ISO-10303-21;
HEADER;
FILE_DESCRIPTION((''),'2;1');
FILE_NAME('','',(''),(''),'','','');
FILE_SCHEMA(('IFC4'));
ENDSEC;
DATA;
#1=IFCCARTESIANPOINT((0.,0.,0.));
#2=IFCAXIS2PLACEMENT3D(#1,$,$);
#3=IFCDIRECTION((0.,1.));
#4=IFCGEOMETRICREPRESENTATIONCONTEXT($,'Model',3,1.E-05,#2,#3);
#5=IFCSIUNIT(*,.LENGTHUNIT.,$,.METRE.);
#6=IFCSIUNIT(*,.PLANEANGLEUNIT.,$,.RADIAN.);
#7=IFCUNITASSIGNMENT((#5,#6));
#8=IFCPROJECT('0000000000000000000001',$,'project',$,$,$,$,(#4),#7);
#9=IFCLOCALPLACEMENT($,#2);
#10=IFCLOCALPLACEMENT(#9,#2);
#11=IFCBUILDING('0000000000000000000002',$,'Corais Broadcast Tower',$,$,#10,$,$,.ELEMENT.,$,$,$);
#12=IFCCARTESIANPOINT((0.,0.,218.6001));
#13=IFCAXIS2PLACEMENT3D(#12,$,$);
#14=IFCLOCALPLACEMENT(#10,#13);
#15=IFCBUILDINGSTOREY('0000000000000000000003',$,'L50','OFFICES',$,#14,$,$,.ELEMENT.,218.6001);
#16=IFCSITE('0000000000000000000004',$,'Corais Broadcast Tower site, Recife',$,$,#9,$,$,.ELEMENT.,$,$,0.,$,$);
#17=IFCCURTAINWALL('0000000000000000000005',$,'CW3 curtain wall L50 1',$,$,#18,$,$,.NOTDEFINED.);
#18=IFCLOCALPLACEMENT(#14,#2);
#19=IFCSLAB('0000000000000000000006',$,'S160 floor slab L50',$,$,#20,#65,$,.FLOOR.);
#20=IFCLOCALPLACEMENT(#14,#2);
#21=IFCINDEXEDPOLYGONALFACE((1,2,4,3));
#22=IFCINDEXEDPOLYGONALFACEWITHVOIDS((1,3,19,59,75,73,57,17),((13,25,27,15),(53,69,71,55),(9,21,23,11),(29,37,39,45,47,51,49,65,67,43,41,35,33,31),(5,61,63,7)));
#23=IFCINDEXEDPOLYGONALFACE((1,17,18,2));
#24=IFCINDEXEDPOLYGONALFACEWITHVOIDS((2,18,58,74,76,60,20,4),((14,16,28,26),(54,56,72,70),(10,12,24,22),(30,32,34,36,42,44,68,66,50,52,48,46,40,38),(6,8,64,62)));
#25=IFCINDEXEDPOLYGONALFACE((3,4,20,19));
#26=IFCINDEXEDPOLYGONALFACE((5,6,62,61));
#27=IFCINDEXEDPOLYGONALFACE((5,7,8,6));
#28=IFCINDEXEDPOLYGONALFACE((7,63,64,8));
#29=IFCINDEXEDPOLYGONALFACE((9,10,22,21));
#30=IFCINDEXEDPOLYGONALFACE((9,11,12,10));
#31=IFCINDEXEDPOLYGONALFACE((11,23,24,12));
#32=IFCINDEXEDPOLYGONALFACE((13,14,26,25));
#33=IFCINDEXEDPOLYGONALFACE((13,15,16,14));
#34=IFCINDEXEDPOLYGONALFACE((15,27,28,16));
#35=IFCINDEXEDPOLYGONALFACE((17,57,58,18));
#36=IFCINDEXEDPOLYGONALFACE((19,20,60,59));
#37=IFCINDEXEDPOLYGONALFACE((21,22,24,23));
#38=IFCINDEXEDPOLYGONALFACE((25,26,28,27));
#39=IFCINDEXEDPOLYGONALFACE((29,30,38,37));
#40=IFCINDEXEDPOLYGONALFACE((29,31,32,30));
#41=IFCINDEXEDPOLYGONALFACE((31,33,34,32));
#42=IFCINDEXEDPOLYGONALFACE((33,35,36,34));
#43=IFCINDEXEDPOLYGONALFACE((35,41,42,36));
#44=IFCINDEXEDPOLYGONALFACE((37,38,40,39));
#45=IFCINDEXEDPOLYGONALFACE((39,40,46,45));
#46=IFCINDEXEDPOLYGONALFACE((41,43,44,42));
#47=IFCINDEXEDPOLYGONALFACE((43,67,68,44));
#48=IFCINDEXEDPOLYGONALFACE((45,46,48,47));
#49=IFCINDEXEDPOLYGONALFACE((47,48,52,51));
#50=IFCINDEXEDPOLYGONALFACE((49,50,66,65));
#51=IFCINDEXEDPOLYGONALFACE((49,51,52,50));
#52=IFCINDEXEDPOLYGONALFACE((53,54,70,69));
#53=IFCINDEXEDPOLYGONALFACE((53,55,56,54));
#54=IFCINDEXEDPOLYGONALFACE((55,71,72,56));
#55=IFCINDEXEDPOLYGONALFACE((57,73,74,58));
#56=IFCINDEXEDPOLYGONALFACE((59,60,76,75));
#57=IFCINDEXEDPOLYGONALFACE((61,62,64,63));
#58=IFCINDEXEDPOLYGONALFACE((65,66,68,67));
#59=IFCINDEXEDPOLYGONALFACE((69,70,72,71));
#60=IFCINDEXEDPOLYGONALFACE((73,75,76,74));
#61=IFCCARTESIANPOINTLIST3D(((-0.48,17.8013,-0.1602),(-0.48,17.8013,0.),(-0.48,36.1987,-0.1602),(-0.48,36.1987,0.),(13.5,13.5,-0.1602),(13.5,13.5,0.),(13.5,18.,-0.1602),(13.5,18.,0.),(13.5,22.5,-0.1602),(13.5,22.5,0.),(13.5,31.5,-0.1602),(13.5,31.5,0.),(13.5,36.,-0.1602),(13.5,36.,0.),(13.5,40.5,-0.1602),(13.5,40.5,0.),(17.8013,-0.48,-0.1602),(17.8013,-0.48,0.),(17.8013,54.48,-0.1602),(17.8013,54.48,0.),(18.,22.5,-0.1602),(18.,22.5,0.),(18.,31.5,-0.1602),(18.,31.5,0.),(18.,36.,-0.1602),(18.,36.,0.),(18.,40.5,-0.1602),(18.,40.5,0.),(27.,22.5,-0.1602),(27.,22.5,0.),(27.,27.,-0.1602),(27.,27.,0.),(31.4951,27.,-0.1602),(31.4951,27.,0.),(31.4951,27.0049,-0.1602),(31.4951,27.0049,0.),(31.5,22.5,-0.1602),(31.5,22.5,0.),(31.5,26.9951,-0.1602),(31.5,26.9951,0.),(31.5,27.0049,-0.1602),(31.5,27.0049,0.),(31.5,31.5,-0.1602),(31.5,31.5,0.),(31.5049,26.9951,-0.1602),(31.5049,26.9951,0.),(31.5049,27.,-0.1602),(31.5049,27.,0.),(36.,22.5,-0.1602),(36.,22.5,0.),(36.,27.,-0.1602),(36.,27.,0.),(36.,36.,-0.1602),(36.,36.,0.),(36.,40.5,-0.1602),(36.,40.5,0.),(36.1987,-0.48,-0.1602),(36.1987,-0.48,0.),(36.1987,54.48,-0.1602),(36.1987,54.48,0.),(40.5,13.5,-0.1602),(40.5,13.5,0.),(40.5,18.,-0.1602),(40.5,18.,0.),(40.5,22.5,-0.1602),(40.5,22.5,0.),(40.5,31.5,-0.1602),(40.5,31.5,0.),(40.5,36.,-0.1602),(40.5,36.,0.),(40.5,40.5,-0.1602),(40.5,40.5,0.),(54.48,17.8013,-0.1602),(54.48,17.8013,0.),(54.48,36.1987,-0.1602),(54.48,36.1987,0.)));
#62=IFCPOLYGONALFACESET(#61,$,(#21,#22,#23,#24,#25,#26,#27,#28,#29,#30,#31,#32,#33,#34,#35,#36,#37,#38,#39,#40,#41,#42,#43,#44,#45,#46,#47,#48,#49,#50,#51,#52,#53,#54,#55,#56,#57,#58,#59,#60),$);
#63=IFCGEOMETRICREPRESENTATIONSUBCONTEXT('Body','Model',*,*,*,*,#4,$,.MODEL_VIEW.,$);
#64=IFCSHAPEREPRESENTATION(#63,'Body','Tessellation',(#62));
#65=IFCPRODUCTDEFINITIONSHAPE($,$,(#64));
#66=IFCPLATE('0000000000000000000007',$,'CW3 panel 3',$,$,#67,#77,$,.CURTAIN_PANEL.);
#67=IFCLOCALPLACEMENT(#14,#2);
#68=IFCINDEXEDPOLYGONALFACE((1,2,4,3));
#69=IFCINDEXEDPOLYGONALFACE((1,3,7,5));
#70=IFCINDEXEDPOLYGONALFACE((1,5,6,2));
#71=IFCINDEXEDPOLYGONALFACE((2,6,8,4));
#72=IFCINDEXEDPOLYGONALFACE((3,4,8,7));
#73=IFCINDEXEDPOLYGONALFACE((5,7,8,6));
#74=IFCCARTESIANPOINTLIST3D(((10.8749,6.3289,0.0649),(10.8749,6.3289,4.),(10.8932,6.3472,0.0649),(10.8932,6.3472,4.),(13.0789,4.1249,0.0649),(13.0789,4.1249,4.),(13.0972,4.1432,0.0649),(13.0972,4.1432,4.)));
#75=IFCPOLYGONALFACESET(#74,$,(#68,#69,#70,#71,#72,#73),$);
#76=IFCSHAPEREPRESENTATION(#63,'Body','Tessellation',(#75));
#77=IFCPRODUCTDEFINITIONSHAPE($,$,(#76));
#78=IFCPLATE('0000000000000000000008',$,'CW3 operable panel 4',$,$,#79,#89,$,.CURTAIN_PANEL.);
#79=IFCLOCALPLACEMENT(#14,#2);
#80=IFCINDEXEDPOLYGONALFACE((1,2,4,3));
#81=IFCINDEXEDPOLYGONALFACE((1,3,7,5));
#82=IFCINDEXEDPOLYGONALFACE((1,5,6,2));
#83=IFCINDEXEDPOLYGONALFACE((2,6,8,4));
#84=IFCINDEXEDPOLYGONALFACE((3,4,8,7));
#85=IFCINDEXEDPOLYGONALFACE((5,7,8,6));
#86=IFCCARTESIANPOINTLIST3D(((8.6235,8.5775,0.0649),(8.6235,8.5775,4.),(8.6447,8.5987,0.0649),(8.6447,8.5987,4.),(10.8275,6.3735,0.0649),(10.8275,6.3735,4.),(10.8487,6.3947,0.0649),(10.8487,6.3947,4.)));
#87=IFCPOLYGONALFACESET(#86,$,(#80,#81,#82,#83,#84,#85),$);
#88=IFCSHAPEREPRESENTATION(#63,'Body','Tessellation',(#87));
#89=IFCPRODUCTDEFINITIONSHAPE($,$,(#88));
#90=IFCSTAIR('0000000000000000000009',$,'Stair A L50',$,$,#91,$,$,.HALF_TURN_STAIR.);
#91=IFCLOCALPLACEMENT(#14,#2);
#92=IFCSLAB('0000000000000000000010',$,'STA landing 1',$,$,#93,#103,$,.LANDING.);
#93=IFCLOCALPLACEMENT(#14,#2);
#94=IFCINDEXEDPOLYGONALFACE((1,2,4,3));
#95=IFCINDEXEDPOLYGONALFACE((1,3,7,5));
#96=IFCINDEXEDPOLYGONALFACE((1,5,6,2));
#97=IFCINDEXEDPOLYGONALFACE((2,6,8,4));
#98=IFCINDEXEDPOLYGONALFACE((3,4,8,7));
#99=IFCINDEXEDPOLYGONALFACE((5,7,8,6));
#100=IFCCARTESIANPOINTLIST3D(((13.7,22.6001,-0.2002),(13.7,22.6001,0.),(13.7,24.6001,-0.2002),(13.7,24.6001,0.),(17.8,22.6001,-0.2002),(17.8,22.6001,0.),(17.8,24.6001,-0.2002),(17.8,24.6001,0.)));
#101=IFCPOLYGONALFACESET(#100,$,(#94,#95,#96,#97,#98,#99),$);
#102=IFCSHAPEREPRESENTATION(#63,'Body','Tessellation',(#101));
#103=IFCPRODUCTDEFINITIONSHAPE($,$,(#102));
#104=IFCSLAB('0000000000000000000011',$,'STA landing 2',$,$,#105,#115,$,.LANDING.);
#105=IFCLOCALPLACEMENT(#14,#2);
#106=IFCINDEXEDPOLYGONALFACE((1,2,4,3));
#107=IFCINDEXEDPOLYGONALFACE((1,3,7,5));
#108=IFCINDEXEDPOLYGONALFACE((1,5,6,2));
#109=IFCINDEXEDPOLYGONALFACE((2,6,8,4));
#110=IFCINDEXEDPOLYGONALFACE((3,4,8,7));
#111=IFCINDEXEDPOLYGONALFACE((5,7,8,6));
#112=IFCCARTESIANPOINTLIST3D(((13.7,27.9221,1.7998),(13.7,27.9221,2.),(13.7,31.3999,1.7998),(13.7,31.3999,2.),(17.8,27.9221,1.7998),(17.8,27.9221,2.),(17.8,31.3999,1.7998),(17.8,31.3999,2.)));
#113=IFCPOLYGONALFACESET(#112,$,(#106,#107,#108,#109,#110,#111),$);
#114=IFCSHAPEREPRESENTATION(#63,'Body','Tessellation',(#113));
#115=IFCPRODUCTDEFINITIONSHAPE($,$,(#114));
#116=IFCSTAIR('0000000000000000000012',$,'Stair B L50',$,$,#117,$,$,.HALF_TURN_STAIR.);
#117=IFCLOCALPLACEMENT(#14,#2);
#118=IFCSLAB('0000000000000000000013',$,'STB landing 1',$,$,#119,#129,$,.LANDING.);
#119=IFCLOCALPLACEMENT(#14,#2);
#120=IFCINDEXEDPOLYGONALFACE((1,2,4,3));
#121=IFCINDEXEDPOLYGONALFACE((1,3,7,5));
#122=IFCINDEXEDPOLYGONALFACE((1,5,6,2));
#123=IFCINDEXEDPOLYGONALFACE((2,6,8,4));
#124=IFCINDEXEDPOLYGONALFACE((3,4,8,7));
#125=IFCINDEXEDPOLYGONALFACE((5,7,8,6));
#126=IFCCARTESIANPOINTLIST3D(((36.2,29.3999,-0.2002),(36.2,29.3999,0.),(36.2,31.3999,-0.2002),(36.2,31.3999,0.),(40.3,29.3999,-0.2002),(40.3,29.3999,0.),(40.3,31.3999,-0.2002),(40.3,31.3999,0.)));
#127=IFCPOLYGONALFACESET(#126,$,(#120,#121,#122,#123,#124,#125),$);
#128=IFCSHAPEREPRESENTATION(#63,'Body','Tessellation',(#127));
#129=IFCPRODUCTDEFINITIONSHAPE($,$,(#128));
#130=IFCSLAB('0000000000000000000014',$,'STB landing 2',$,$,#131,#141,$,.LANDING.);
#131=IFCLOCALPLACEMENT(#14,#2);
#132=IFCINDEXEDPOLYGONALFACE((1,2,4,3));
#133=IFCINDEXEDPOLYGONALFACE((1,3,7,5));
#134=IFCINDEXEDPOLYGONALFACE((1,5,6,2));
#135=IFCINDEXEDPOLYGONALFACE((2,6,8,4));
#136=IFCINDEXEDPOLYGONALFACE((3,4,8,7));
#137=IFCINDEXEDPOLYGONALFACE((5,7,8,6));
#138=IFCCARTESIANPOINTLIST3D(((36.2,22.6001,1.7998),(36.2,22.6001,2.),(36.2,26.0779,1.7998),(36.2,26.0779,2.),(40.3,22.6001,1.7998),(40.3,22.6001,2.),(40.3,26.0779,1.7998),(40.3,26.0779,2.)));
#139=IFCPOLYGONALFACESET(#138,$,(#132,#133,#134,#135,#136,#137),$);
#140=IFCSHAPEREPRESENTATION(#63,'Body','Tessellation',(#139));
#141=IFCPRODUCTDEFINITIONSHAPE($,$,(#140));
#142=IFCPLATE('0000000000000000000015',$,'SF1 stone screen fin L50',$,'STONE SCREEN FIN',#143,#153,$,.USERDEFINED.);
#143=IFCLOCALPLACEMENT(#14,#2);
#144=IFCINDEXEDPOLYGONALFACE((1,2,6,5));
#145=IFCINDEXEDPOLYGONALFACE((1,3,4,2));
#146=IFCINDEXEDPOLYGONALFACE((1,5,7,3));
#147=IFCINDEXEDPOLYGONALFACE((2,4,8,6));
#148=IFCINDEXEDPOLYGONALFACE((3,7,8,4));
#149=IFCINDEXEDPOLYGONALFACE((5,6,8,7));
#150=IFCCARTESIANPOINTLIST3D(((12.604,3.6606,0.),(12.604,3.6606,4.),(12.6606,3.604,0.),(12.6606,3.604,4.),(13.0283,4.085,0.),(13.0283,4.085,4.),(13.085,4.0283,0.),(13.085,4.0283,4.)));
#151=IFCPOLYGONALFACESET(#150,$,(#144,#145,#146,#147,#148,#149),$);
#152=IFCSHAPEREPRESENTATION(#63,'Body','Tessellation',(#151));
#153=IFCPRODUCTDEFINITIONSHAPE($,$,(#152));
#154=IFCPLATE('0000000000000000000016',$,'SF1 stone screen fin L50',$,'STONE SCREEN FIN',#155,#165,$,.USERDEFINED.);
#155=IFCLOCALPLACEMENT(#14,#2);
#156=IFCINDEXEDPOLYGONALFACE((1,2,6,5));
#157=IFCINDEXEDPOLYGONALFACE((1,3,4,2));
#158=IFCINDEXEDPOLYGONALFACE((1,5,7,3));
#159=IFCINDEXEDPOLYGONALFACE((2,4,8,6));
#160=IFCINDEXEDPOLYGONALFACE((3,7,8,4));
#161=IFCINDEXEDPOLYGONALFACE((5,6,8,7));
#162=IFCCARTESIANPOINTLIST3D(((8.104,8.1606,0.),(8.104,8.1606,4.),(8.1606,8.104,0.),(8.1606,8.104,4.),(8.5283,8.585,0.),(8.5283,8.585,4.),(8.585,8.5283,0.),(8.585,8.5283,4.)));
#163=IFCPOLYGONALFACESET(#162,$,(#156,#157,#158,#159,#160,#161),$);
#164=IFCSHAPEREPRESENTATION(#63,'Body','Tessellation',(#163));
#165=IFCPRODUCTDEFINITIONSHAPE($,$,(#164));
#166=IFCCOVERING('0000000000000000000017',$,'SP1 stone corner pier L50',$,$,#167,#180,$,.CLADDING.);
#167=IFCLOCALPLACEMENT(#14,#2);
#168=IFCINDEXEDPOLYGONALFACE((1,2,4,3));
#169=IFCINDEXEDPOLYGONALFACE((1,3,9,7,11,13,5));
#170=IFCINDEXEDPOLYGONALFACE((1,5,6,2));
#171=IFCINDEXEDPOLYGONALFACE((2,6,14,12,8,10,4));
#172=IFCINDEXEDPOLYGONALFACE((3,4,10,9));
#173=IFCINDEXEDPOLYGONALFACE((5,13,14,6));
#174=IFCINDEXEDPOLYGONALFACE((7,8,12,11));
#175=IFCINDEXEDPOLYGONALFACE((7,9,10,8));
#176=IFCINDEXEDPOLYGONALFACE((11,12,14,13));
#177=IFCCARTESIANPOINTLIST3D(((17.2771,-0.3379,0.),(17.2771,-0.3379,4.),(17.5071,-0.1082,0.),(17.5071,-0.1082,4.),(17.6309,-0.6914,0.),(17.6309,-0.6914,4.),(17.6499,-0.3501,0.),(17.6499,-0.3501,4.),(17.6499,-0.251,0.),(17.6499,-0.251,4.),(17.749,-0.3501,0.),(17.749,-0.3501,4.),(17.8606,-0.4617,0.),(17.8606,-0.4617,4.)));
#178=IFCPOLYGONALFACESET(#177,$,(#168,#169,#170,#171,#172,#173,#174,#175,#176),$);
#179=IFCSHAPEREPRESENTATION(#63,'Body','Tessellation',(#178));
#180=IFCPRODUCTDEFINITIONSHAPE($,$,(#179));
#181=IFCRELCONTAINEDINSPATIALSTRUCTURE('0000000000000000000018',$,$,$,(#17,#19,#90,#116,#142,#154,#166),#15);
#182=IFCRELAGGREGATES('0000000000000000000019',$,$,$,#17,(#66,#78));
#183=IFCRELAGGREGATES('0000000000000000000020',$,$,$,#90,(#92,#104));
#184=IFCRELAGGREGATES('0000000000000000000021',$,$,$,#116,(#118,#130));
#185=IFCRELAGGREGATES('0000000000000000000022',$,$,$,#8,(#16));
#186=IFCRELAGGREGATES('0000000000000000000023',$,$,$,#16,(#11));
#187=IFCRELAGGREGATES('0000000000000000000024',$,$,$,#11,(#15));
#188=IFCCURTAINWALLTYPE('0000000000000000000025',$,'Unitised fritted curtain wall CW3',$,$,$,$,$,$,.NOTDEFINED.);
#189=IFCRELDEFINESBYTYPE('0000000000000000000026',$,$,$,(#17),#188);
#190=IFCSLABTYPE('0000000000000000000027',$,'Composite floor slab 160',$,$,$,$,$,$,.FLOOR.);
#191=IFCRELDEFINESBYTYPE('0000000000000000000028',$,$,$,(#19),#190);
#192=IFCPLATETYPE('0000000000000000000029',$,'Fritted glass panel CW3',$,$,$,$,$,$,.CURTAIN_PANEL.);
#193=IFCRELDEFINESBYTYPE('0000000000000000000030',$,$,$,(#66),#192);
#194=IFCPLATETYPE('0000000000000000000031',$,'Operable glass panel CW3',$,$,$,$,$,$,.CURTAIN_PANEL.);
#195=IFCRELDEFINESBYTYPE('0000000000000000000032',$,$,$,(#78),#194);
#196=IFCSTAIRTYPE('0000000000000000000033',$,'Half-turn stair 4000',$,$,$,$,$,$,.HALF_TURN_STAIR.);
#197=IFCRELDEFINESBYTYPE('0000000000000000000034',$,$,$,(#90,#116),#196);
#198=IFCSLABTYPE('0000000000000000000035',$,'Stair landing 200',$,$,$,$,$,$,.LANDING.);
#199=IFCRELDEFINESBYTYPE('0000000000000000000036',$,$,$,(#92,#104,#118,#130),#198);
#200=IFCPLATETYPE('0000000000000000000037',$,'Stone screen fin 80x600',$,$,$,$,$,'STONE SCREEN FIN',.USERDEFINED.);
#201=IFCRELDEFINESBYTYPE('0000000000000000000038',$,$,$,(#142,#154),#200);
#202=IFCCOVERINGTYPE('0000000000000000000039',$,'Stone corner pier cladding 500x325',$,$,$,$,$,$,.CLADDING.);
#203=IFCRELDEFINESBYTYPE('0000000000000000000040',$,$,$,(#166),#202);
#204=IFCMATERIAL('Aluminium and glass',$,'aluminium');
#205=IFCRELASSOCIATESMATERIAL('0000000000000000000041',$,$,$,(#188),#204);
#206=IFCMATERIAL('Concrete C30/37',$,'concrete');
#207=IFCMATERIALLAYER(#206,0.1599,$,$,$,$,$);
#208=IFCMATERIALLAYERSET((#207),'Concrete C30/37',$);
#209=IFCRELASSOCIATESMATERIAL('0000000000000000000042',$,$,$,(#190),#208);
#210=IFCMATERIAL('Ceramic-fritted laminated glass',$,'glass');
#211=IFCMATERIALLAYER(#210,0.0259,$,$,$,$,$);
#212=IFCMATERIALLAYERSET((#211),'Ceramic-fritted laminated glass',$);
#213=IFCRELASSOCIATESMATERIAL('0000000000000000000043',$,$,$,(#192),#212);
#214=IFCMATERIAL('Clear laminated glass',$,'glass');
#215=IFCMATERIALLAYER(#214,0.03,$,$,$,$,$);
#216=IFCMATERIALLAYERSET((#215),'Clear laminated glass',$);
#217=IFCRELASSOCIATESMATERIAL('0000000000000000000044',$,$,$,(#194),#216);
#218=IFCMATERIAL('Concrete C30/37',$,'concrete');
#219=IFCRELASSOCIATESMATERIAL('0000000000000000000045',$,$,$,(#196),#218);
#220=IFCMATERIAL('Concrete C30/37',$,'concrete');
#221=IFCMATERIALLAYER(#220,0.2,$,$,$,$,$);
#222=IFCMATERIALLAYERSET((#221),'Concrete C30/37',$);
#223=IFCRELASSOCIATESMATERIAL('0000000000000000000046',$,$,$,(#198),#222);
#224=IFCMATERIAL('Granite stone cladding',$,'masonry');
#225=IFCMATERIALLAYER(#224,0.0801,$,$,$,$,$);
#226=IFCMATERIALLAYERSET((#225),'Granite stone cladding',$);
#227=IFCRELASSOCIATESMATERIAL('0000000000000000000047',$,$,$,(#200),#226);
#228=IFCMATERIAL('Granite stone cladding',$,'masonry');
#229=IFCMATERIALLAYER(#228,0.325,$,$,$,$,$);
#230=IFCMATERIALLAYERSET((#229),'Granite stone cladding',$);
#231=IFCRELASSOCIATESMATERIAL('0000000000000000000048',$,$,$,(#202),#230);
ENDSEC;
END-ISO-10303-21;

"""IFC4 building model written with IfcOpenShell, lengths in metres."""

from ifc_helpers import new_model, si_unit, direction, frame, origin, origin_2d, place, context, subcontext, project, spatial, polyline, rectangle, outline, extrude, material, layer, layer_set, type_object, element, aggregate, save


model = new_model("IFC4")

# Units and contexts
model_context = context("Model", 3, precision=1e-05, world=origin(), true_north=direction((0.0, 1.0)))
body_context = subcontext(model_context, "Body", "Model", "MODEL_VIEW")
ifc_project = project(units=[si_unit("LENGTHUNIT", "METRE"), si_unit("PLANEANGLEUNIT", "RADIAN")], contexts=[model_context])

# Site, building, storey
site_placement = place(None, origin())
site = spatial("IfcSite", under=ifc_project, at=site_placement, Name="Corais Broadcast Tower site, Recife", CompositionType="ELEMENT", RefElevation=0.0)
building_placement = place(site_placement, origin())
building = spatial("IfcBuilding", under=site, at=building_placement, Name="Corais Broadcast Tower", CompositionType="ELEMENT")
storey_placement = place(building_placement, frame((0.0, 0.0, 218.6001)))
storey = spatial("IfcBuildingStorey", under=building, at=storey_placement, Name="L50", Description="OFFICES", CompositionType="ELEMENT", Elevation=218.6001)

# Curtain wall
ifc_material_1 = material(Name="Aluminium and glass", Category="aluminium")
curtain_wall_type = type_object("IfcCurtainWallType", Name="Unitised fritted curtain wall CW3", PredefinedType="NOTDEFINED", material=ifc_material_1)
curtain_wall_placement = place(storey_placement, origin())
curtain_wall = element("IfcCurtainWall", 1, at=curtain_wall_placement, inside=storey, type_object=curtain_wall_type, Name="CW3 curtain wall L50 1", PredefinedType="NOTDEFINED")

# Slab
ifc_material_2 = material(Name="Concrete C30/37", Category="concrete")
ifc_layer_1 = layer(ifc_material_2, 0.1599)
ifc_layer_set_1 = layer_set([ifc_layer_1], Name="Concrete C30/37")
slab_type_1 = type_object("IfcSlabType", Name="Composite floor slab 160", PredefinedType="FLOOR", material=ifc_layer_set_1)
slab_1_placement = place(storey_placement, frame((0.0, 0.0, -0.1602)))
element("IfcSlab", 2, at=slab_1_placement, inside=storey, type_object=slab_type_1, Name="S160 floor slab L50", PredefinedType="FLOOR", context=body_context, shape_type="SweptSolid", body=[
    extrude(outline(polyline([(17.8013, -0.48), (-0.48, 17.8013), (-0.48, 36.1987), (17.8013, 54.48), (36.1987, 54.48), (54.48, 36.1987), (54.48, 17.8013), (36.1987, -0.48), (17.8013, -0.48)]), holes=[polyline([(13.5, 18.0), (40.5, 18.0), (40.5, 13.5), (13.5, 13.5), (13.5, 18.0)]), polyline([(18.0, 22.5), (13.5, 22.5), (13.5, 31.5), (18.0, 31.5), (18.0, 22.5)]), polyline([(18.0, 36.0), (13.5, 36.0), (13.5, 40.5), (18.0, 40.5), (18.0, 36.0)]), polyline([(31.5, 22.5), (27.0, 22.5), (27.0, 27.0), (31.4951, 27.0), (31.4951, 27.0049), (31.5, 27.0049), (31.5, 31.5), (40.5, 31.5), (40.5, 22.5), (36.0, 22.5), (36.0, 27.0), (31.5049, 27.0), (31.5049, 26.9951), (31.5, 26.9951), (31.5, 22.5)]), polyline([(40.5, 36.0), (36.0, 36.0), (36.0, 40.5), (40.5, 40.5), (40.5, 36.0)])]), origin(), (0.0, 0.0, 1.0), 0.1602),
])

# Plates
ifc_material_3 = material(Name="Ceramic-fritted laminated glass", Category="glass")
ifc_layer_2 = layer(ifc_material_3, 0.0259)
ifc_layer_set_2 = layer_set([ifc_layer_2], Name="Ceramic-fritted laminated glass")
plate_type_1 = type_object("IfcPlateType", Name="Fritted glass panel CW3", PredefinedType="CURTAIN_PANEL", material=ifc_layer_set_2)
plate_1_placement = place(storey_placement, frame((11.9861, 5.2361, 0.0649), z_axis=(0.0, 0.0, 1.0), x_axis=(-0.707107, 0.707107, 0.0)))
plate_1 = element("IfcPlate", 3, at=plate_1_placement, type_object=plate_type_1, Name="CW3 panel 3", PredefinedType="CURTAIN_PANEL", context=body_context, shape_type="SweptSolid", body=[
    extrude(rectangle(XDim=3.1169, YDim=0.0259, at=origin_2d()), origin(), (0.0, 0.0, 1.0), 3.9351),
])
ifc_material_4 = material(Name="Clear laminated glass", Category="glass")
ifc_layer_3 = layer(ifc_material_4, 0.03)
ifc_layer_set_3 = layer_set([ifc_layer_3], Name="Clear laminated glass")
plate_type_2 = type_object("IfcPlateType", Name="Operable glass panel CW3", PredefinedType="CURTAIN_PANEL", material=ifc_layer_set_3)
plate_2_placement = place(storey_placement, frame((9.7361, 7.4861, 0.0649), z_axis=(0.0, 0.0, 1.0), x_axis=(-0.707107, 0.707107, 0.0)))
plate_2 = element("IfcPlate", 4, at=plate_2_placement, type_object=plate_type_2, Name="CW3 operable panel 4", PredefinedType="CURTAIN_PANEL", context=body_context, shape_type="SweptSolid", body=[
    extrude(rectangle(XDim=3.1169, YDim=0.03, at=origin_2d()), origin(), (0.0, 0.0, 1.0), 3.9351),
])
aggregate(curtain_wall, [plate_1, plate_2])

# Stairs, slabs
ifc_material_5 = material(Name="Concrete C30/37", Category="concrete")
stair_type = type_object("IfcStairType", Name="Half-turn stair 4000", PredefinedType="HALF_TURN_STAIR", material=ifc_material_5)
stair_1_placement = place(storey_placement, origin())
stair_1 = element("IfcStair", 5, at=stair_1_placement, inside=storey, type_object=stair_type, Name="Stair A L50", PredefinedType="HALF_TURN_STAIR")
ifc_material_6 = material(Name="Concrete C30/37", Category="concrete")
ifc_layer_4 = layer(ifc_material_6, 0.2)
ifc_layer_set_4 = layer_set([ifc_layer_4], Name="Concrete C30/37")
slab_type_2 = type_object("IfcSlabType", Name="Stair landing 200", PredefinedType="LANDING", material=ifc_layer_set_4)
slab_2_placement = place(storey_placement, frame((0.0, 0.0, -0.2002)))
slab_2 = element("IfcSlab", 6, at=slab_2_placement, type_object=slab_type_2, Name="STA landing 1", PredefinedType="LANDING", context=body_context, shape_type="SweptSolid", body=[
    extrude(outline(polyline([(13.7, 22.6001), (17.8, 22.6001), (17.8, 24.6001), (13.7, 24.6001), (13.7, 22.6001)])), origin(), (0.0, 0.0, 1.0), 0.2002),
])
slab_3_placement = place(storey_placement, frame((0.0, 0.0, 1.7998)))
slab_3 = element("IfcSlab", 7, at=slab_3_placement, type_object=slab_type_2, Name="STA landing 2", PredefinedType="LANDING", context=body_context, shape_type="SweptSolid", body=[
    extrude(outline(polyline([(13.7, 27.9221), (17.8, 27.9221), (17.8, 31.3999), (13.7, 31.3999), (13.7, 27.9221)])), origin(), (0.0, 0.0, 1.0), 0.2002),
])
aggregate(stair_1, [slab_2, slab_3])
stair_2_placement = place(storey_placement, origin())
stair_2 = element("IfcStair", 8, at=stair_2_placement, inside=storey, type_object=stair_type, Name="Stair B L50", PredefinedType="HALF_TURN_STAIR")
slab_4_placement = place(storey_placement, frame((0.0, 0.0, -0.2002)))
slab_4 = element("IfcSlab", 9, at=slab_4_placement, type_object=slab_type_2, Name="STB landing 1", PredefinedType="LANDING", context=body_context, shape_type="SweptSolid", body=[
    extrude(outline(polyline([(36.2, 29.3999), (40.3, 29.3999), (40.3, 31.3999), (36.2, 31.3999), (36.2, 29.3999)])), origin(), (0.0, 0.0, 1.0), 0.2002),
])
slab_5_placement = place(storey_placement, frame((0.0, 0.0, 1.7998)))
slab_5 = element("IfcSlab", 10, at=slab_5_placement, type_object=slab_type_2, Name="STB landing 2", PredefinedType="LANDING", context=body_context, shape_type="SweptSolid", body=[
    extrude(outline(polyline([(36.2, 22.6001), (40.3, 22.6001), (40.3, 26.0779), (36.2, 26.0779), (36.2, 22.6001)])), origin(), (0.0, 0.0, 1.0), 0.2002),
])
aggregate(stair_2, [slab_4, slab_5])

# Plates
ifc_material_7 = material(Name="Granite stone cladding", Category="masonry")
ifc_layer_5 = layer(ifc_material_7, 0.0801)
ifc_layer_set_5 = layer_set([ifc_layer_5], Name="Granite stone cladding")
plate_type_3 = type_object("IfcPlateType", Name="Stone screen fin 80x600", ElementType="STONE SCREEN FIN", PredefinedType="USERDEFINED", material=ifc_layer_set_5)
for number, where, z_axis, x_axis, name in (
    (11, (12.8445, 3.8445, 0.0), (0.0, 0.0, 1.0), (-0.707107, 0.707107, 0.0), "SF1 stone screen fin L50"),
    (12, (8.3445, 8.3445, 0.0), (0.0, 0.0, 1.0), (-0.707107, 0.707107, 0.0), "SF1 stone screen fin L50"),
):
    element("IfcPlate", number, at=place(storey_placement, frame(where, z_axis=z_axis, x_axis=x_axis)), inside=storey, type_object=plate_type_3, Name=name, ObjectType="STONE SCREEN FIN", PredefinedType="USERDEFINED", context=body_context, shape_type="SweptSolid", body=[
        extrude(rectangle(XDim=0.0801, YDim=0.6001, at=origin_2d()), origin(), (0.0, 0.0, 1.0), 4.0),
    ])

# Covering
ifc_material_8 = material(Name="Granite stone cladding", Category="masonry")
ifc_layer_6 = layer(ifc_material_8, 0.325)
ifc_layer_set_6 = layer_set([ifc_layer_6], Name="Granite stone cladding")
covering_type_1 = type_object("IfcCoveringType", Name="Stone corner pier cladding 500x325", PredefinedType="CLADDING", material=ifc_layer_set_6)
covering_1_placement = place(storey_placement, origin())
element("IfcCovering", 13, at=covering_1_placement, inside=storey, type_object=covering_type_1, Name="SP1 stone corner pier L50", PredefinedType="CLADDING", context=body_context, shape_type="SweptSolid", body=[
    extrude(outline(polyline([(17.8606, -0.4617), (17.749, -0.3501), (17.6499, -0.3501), (17.6499, -0.251), (17.5071, -0.1082), (17.2771, -0.3379), (17.6309, -0.6914), (17.8606, -0.4617)])), origin(), (0.0, 0.0, 1.0), 4.0),
])

save(model, "model.ifc")
